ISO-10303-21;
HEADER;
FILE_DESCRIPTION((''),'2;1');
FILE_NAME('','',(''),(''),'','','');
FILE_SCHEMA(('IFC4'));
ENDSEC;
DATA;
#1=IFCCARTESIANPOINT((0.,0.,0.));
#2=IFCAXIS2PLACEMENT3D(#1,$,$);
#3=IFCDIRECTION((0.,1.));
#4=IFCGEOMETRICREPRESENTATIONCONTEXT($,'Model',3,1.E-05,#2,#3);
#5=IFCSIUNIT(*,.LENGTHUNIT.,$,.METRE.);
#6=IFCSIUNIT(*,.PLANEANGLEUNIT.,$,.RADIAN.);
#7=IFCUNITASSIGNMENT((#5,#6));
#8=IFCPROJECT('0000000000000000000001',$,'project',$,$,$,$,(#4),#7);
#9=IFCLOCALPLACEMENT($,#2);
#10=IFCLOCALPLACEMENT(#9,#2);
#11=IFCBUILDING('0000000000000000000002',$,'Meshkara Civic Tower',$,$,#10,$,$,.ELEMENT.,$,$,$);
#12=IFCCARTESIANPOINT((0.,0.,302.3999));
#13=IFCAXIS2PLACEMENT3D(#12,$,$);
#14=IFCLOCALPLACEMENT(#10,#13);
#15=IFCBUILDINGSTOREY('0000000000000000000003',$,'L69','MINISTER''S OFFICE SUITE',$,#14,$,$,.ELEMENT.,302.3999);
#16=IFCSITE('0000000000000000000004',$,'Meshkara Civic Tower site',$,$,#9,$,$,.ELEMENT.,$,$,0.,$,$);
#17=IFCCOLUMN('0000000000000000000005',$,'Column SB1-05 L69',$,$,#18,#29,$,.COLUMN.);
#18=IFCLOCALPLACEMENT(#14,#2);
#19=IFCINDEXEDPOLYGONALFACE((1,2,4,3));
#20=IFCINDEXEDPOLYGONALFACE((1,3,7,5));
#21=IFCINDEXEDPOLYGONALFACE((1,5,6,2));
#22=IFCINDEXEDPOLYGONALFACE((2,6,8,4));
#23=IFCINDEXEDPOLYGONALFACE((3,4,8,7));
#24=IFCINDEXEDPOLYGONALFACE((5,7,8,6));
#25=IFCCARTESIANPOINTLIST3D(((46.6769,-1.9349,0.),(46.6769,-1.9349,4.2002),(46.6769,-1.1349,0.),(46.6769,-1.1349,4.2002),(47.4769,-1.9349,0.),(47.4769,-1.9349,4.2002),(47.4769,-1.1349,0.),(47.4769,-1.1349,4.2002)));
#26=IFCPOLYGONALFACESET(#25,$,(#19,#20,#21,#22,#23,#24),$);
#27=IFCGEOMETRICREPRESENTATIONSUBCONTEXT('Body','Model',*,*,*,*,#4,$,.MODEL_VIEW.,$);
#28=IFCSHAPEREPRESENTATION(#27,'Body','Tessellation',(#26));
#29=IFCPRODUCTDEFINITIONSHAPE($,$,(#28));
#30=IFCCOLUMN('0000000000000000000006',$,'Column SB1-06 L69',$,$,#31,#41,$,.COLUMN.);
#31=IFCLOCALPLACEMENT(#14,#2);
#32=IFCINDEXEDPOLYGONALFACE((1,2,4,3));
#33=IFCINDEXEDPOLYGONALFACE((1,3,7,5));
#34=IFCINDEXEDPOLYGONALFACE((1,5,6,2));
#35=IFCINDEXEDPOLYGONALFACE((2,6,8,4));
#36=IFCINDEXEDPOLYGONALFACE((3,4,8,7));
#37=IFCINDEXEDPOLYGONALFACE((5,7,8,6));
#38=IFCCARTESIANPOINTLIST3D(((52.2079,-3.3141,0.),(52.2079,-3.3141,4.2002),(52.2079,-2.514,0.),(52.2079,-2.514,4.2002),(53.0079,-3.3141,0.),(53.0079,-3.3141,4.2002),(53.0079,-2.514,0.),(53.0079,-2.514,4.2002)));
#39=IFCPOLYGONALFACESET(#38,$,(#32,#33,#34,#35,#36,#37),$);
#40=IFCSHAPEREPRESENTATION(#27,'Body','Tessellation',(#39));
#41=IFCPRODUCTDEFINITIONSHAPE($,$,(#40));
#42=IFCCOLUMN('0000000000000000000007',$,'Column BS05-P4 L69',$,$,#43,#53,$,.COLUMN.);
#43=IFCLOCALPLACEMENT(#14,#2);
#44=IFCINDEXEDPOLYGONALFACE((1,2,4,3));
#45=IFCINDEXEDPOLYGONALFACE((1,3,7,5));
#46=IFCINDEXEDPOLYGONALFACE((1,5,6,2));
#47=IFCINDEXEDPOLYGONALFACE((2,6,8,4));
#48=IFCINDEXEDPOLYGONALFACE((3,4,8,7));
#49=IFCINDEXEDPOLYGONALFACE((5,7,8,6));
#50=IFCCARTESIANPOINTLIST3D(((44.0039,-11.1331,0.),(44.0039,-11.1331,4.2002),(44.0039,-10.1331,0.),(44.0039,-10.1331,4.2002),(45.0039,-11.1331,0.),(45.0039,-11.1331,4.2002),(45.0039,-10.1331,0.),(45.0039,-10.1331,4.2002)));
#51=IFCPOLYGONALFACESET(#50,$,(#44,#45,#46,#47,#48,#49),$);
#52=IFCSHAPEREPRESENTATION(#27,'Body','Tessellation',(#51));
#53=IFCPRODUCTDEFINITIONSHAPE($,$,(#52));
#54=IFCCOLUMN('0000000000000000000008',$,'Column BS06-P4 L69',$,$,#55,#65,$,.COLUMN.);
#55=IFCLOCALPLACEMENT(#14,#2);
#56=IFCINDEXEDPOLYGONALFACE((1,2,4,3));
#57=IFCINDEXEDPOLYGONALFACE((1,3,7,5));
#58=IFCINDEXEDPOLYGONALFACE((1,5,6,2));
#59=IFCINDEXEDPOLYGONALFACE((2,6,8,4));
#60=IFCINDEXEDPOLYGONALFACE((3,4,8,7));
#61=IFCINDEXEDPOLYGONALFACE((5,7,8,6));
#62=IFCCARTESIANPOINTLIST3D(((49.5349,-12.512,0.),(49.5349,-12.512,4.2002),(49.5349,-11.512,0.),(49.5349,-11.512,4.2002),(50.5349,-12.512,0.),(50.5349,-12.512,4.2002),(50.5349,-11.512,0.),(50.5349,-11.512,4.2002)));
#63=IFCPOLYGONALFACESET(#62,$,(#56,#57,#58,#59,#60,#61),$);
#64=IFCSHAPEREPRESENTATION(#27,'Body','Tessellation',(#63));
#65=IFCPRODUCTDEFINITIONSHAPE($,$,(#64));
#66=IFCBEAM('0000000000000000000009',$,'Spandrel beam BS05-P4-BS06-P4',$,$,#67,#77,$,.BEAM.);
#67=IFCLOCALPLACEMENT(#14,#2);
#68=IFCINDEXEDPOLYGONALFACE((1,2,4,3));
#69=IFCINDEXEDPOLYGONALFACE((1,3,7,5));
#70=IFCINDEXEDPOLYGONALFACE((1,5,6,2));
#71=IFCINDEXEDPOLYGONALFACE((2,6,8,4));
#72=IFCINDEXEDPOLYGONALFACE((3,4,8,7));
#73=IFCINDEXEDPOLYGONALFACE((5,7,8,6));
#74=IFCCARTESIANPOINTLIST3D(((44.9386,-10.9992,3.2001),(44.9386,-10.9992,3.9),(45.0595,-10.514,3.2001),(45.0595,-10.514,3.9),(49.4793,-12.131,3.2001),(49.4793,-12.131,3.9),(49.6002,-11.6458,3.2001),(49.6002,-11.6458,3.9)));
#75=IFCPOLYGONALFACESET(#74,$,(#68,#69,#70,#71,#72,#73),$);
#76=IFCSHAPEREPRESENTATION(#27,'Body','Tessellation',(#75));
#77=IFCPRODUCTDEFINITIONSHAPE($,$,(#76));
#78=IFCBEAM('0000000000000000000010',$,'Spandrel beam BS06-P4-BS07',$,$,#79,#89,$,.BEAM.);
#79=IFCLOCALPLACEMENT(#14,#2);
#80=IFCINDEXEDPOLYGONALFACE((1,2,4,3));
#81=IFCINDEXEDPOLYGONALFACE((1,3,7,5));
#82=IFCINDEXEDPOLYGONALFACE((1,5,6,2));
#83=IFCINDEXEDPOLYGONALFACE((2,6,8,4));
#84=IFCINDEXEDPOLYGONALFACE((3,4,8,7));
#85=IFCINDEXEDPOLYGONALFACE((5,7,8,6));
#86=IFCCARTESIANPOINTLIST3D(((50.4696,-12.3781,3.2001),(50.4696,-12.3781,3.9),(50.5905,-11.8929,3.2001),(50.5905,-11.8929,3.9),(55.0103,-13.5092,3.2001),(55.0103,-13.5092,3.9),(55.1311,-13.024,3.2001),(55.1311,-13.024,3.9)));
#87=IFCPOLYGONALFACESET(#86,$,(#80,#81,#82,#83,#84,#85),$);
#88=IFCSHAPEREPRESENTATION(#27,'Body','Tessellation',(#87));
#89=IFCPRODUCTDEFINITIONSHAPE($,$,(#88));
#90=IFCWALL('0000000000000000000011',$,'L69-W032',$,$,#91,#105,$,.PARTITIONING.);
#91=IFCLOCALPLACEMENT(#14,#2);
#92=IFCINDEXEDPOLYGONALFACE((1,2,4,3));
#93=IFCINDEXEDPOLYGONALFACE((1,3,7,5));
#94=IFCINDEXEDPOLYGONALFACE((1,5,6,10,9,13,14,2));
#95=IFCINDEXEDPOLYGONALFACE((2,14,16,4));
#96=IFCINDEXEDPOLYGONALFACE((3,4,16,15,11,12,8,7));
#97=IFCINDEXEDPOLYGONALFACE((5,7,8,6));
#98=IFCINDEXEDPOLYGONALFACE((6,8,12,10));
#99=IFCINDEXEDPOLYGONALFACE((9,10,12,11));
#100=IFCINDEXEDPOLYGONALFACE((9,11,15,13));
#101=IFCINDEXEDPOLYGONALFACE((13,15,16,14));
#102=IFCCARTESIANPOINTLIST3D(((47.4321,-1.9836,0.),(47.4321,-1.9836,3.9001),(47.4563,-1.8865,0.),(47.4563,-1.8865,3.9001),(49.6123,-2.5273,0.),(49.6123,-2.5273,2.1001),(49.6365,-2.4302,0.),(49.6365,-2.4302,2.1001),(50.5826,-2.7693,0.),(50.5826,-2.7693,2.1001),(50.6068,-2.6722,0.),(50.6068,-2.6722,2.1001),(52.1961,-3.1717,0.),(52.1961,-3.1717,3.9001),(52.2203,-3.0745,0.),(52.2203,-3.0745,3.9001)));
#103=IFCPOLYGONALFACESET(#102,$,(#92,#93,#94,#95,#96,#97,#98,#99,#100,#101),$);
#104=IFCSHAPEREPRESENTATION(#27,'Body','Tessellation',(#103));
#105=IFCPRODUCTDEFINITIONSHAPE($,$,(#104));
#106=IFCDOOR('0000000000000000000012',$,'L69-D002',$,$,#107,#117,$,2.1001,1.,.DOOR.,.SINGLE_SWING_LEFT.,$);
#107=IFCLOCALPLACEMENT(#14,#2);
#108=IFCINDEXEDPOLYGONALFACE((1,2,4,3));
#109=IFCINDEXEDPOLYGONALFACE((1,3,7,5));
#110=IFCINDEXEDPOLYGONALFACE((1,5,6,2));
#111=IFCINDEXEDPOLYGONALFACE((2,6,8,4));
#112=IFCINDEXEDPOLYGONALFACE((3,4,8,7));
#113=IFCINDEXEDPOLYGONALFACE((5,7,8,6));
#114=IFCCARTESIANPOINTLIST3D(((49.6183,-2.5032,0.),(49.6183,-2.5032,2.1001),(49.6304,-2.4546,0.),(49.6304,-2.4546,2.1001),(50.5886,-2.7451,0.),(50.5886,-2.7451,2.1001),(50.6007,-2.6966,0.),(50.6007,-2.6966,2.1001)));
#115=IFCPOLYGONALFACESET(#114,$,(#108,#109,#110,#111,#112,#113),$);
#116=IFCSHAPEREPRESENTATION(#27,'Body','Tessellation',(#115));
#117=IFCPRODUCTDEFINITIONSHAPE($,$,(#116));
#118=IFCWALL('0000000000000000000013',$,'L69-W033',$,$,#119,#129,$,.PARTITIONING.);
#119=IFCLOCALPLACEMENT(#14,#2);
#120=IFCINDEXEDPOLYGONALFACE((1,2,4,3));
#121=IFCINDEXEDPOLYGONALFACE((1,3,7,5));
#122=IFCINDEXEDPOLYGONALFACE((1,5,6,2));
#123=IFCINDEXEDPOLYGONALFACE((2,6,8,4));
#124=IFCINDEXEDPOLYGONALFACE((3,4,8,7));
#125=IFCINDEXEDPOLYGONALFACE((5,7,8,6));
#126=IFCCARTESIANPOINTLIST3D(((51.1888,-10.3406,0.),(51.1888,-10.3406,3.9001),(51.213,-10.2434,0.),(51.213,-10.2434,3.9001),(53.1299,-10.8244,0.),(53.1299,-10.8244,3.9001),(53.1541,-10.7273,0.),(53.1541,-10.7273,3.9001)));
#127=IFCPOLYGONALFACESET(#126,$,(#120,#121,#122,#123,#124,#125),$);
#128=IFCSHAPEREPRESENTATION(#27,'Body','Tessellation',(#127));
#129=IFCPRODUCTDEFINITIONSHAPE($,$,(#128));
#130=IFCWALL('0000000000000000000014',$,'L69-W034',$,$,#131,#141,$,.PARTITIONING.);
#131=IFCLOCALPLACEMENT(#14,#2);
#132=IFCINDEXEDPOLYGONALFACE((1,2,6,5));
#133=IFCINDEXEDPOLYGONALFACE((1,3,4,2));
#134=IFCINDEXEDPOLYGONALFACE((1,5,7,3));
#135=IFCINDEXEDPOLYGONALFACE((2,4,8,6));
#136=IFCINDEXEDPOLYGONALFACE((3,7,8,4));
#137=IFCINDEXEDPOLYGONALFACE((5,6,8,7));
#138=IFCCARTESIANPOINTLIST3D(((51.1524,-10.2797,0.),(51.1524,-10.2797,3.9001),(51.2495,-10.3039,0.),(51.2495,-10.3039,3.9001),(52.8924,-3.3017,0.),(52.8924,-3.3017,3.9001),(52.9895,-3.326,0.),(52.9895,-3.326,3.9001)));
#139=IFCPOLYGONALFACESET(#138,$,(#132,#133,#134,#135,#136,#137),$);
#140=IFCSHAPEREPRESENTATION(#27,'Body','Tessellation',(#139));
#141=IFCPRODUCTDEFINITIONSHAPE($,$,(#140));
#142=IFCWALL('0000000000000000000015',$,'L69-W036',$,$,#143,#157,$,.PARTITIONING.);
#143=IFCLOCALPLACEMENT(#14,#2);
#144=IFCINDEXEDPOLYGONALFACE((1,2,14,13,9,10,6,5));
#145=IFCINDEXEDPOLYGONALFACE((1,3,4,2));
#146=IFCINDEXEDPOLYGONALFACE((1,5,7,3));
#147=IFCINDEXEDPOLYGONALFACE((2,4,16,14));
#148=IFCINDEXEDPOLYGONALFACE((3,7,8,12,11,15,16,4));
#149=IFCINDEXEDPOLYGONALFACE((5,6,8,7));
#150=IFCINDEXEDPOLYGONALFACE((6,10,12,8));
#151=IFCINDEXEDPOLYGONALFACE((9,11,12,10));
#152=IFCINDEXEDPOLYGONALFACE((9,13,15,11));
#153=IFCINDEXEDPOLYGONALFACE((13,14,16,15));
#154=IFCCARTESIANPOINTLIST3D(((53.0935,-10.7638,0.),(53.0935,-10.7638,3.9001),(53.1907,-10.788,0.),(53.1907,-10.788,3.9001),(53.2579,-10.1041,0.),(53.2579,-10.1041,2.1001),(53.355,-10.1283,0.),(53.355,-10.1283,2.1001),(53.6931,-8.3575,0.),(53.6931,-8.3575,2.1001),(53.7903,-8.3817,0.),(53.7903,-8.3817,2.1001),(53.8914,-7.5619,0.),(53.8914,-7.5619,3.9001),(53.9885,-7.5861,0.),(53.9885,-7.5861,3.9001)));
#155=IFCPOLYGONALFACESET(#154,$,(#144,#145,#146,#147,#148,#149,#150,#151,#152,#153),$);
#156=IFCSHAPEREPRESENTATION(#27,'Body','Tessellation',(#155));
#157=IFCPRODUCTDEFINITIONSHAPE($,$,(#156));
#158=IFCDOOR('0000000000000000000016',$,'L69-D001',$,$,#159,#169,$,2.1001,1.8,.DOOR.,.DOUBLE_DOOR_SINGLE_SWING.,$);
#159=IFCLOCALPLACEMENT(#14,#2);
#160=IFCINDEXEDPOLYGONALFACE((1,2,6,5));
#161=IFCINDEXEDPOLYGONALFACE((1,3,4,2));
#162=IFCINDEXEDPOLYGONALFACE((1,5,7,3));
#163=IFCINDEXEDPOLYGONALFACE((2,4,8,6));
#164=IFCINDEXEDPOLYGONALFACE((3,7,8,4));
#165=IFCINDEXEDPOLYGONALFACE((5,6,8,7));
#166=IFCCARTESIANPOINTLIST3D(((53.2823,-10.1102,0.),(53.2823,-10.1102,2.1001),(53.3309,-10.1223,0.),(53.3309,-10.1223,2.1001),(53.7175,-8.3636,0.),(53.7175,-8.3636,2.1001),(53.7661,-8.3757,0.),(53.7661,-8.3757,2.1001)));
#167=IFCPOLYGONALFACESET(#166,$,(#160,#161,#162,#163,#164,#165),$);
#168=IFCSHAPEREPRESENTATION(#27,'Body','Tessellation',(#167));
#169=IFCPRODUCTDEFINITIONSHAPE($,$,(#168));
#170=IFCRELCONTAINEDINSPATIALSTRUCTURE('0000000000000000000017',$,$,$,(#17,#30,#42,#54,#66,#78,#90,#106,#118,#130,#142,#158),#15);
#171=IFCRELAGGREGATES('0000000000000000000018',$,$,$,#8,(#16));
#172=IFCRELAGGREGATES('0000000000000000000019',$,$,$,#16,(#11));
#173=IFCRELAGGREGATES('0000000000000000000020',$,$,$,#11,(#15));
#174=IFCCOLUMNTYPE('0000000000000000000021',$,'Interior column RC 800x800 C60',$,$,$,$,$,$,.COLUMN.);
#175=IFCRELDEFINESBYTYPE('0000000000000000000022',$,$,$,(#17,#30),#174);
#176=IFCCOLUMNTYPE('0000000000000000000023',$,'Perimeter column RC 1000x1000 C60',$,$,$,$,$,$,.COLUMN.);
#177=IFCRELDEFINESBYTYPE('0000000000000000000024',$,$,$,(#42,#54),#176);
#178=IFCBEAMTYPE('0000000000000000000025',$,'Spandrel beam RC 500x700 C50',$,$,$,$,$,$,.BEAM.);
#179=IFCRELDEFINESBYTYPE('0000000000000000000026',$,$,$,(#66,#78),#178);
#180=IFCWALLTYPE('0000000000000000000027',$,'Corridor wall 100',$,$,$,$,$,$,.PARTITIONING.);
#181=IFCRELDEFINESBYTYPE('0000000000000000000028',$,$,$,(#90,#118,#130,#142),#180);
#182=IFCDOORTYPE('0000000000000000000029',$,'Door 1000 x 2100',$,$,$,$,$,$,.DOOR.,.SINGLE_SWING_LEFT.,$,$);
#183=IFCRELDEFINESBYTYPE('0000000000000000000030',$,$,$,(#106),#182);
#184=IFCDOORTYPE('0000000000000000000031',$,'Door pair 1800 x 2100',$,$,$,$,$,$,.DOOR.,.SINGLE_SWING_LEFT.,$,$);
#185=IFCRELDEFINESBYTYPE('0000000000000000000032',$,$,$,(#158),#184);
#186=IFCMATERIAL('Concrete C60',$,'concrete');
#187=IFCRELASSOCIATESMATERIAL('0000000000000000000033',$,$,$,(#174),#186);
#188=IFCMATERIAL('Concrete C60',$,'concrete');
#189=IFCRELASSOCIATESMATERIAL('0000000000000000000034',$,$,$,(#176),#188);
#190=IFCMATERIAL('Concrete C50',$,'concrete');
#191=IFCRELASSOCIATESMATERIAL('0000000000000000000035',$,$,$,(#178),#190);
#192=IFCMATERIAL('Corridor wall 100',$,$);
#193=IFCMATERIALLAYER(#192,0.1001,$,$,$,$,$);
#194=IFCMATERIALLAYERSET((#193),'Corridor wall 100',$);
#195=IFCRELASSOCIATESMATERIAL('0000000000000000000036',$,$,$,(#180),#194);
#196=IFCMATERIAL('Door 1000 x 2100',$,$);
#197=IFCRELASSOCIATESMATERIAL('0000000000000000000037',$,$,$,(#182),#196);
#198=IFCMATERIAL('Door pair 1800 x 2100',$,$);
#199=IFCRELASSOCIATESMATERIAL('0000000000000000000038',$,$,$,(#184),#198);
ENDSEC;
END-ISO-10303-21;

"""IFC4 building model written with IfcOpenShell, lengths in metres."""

from ifc_helpers import new_model, si_unit, direction, frame, frame_2d, origin, origin_2d, place, context, subcontext, project, spatial, rectangle, extrude, material, layer, layer_set, material_profile, profile_set, type_object, element, fill, save


model = new_model("IFC4")

# Units and contexts
model_context = context("Model", 3, precision=1e-05, world=origin(), true_north=direction((0.0, 1.0)))
body_context = subcontext(model_context, "Body", "Model", "MODEL_VIEW")
ifc_project = project(units=[si_unit("LENGTHUNIT", "METRE"), si_unit("PLANEANGLEUNIT", "RADIAN")], contexts=[model_context])

# Site, building, storey
site_placement = place(None, origin())
site = spatial("IfcSite", under=ifc_project, at=site_placement, Name="Meshkara Civic Tower site", CompositionType="ELEMENT", RefElevation=0.0)
building_placement = place(site_placement, origin())
building = spatial("IfcBuilding", under=site, at=building_placement, Name="Meshkara Civic Tower", CompositionType="ELEMENT")
storey_placement = place(building_placement, frame((0.0, 0.0, 302.3999)))
storey = spatial("IfcBuildingStorey", under=building, at=storey_placement, Name="L69", Description="MINISTER'S OFFICE SUITE", CompositionType="ELEMENT", Elevation=302.3999)

# Columns
ifc_material_1 = material(Name="Concrete C60", Category="concrete")
ifc_material_profile_1 = material_profile(ifc_material_1, rectangle(XDim=0.8, YDim=0.8, at=origin_2d()))
ifc_profile_set_1 = profile_set([ifc_material_profile_1], Name="Concrete C60")
column_type_1 = type_object("IfcColumnType", Name="Interior column RC 800x800 C60", PredefinedType="COLUMN", material=ifc_profile_set_1)
for number, where, z_axis, x_axis, name in (
    (1, (47.0769, -1.5349, 0.0), (0.0, 0.0, 1.0), (1.0, 0.0, 0.0), "Column SB1-05 L69"),
    (2, (52.6079, -2.9141, 0.0), (0.0, 0.0, 1.0), (1.0, 0.0, 0.0), "Column SB1-06 L69"),
):
    element("IfcColumn", number, at=place(storey_placement, frame(where, z_axis=z_axis, x_axis=x_axis)), inside=storey, type_object=column_type_1, Name=name, PredefinedType="COLUMN", context=body_context, shape_type="SweptSolid", body=[
        extrude(rectangle(XDim=0.8, YDim=0.8, at=origin_2d()), origin(), (0.0, 0.0, 1.0), 4.2002),
    ])
ifc_material_2 = material(Name="Concrete C60", Category="concrete")
ifc_material_profile_2 = material_profile(ifc_material_2, rectangle(XDim=1.0, YDim=1.0, at=origin_2d()))
ifc_profile_set_2 = profile_set([ifc_material_profile_2], Name="Concrete C60")
column_type_2 = type_object("IfcColumnType", Name="Perimeter column RC 1000x1000 C60", PredefinedType="COLUMN", material=ifc_profile_set_2)
for number, where, z_axis, x_axis, name in (
    (3, (44.5039, -10.6331, 0.0), (0.0, 0.0, 1.0), (1.0, 0.0, 0.0), "Column BS05-P4 L69"),
    (4, (50.0349, -12.012, 0.0), (0.0, 0.0, 1.0), (1.0, 0.0, 0.0), "Column BS06-P4 L69"),
):
    element("IfcColumn", number, at=place(storey_placement, frame(where, z_axis=z_axis, x_axis=x_axis)), inside=storey, type_object=column_type_2, Name=name, PredefinedType="COLUMN", context=body_context, shape_type="SweptSolid", body=[
        extrude(rectangle(XDim=1.0, YDim=1.0, at=origin_2d()), origin(), (0.0, 0.0, 1.0), 4.2002),
    ])

# Beams
ifc_material_3 = material(Name="Concrete C50", Category="concrete")
ifc_material_profile_3 = material_profile(ifc_material_3, rectangle(XDim=0.5, YDim=0.7, at=origin_2d()))
ifc_profile_set_3 = profile_set([ifc_material_profile_3], Name="Concrete C50")
beam_type = type_object("IfcBeamType", Name="Spandrel beam RC 500x700 C50", PredefinedType="BEAM", material=ifc_profile_set_3)
beam_1_placement = place(storey_placement, frame((44.999, -10.7566, 3.55), z_axis=(0.970311, -0.24186, 0.0), x_axis=(0.24186, 0.970311, 0.0)))
element("IfcBeam", 5, at=beam_1_placement, inside=storey, type_object=beam_type, Name="Spandrel beam BS05-P4-BS06-P4", PredefinedType="BEAM", context=body_context, shape_type="SweptSolid", body=[
    extrude(rectangle(XDim=0.5, YDim=0.7, at=origin_2d()), origin(), (0.0, 0.0, 1.0), 4.6797),
])
beam_2_placement = place(storey_placement, frame((50.53, -12.1355, 3.55), z_axis=(0.970348, -0.241713, 0.0), x_axis=(0.241713, 0.970348, 0.0)))
element("IfcBeam", 6, at=beam_2_placement, inside=storey, type_object=beam_type, Name="Spandrel beam BS06-P4-BS07", PredefinedType="BEAM", context=body_context, shape_type="SweptSolid", body=[
    extrude(rectangle(XDim=0.5, YDim=0.7, at=origin_2d()), origin(), (0.0, 0.0, 1.0), 4.6794),
])

# Wall, opening, door
ifc_material_4 = material(Name="Corridor wall 100")
ifc_layer_1 = layer(ifc_material_4, 0.1001)
ifc_layer_set_1 = layer_set([ifc_layer_1], Name="Corridor wall 100")
wall_type_1 = type_object("IfcWallType", Name="Corridor wall 100", PredefinedType="PARTITIONING", material=ifc_layer_set_1)
wall_1_placement = place(storey_placement, frame((47.4441, -1.9351, 0.0), z_axis=(0.0, 0.0, 1.0), x_axis=(0.970286, -0.241962, 0.0)))
wall_1 = element("IfcWall", 7, at=wall_1_placement, inside=storey, type_object=wall_type_1, Name="L69-W032", PredefinedType="PARTITIONING", context=body_context, shape_type="SweptSolid", body=[
    extrude(rectangle(XDim=4.9099, YDim=0.1001, at=frame_2d((2.4551, 0.0))), origin(), (0.0, 0.0, 1.0), 3.9001),
])
opening_1_placement = place(wall_1_placement, frame((2.2471, 0.0, 0.0)))
opening_1 = element("IfcOpeningElement", 8, at=opening_1_placement, cuts=wall_1, PredefinedType="OPENING", context=body_context, shape_type="SweptSolid", body=[
    extrude(rectangle(XDim=1.0, YDim=2.1001, at=frame_2d((0.5, 1.05))), frame((0.0, 0.0601, 0.0), z_axis=(0.0, -1.0, 0.0), x_axis=(1.0, 0.0, 0.0)), (0.0, 0.0, 1.0), 0.1201),
])
ifc_material_5 = material(Name="Door 1000 x 2100")
door_type_1 = type_object("IfcDoorType", Name="Door 1000 x 2100", OperationType="SINGLE_SWING_LEFT", PredefinedType="DOOR", material=ifc_material_5)
door_1_placement = place(opening_1_placement, origin())
door_1 = element("IfcDoor", 9, at=door_1_placement, inside=storey, type_object=door_type_1, Name="L69-D002", OperationType="SINGLE_SWING_LEFT", OverallHeight=2.1001, OverallWidth=1.0, PredefinedType="DOOR", context=body_context, shape_type="SweptSolid", body=[
    extrude(rectangle(XDim=1.0, YDim=2.1001, at=frame_2d((0.5, 1.05))), frame((0.0, 0.0249, 0.0), z_axis=(0.0, -1.0, 0.0), x_axis=(1.0, 0.0, 0.0)), (0.0, 0.0, 1.0), 0.05),
])
fill(opening_1, door_1)

# Walls
wall_2_placement = place(storey_placement, frame((51.2009, -10.292, 0.0), z_axis=(0.0, 0.0, 1.0), x_axis=(0.970307, -0.241875, 0.0)))
element("IfcWall", 10, at=wall_2_placement, inside=storey, type_object=wall_type_1, Name="L69-W033", PredefinedType="PARTITIONING", context=body_context, shape_type="SweptSolid", body=[
    extrude(rectangle(XDim=2.0005, YDim=0.1001, at=frame_2d((1.0002, 0.0))), origin(), (0.0, 0.0, 1.0), 3.9001),
])
wall_3_placement = place(storey_placement, frame((52.9409, -3.314, 0.0), z_axis=(0.0, 0.0, 1.0), x_axis=(-0.241944, -0.97029, 0.0)))
element("IfcWall", 11, at=wall_3_placement, inside=storey, type_object=wall_type_1, Name="L69-W034", PredefinedType="PARTITIONING", context=body_context, shape_type="SweptSolid", body=[
    extrude(rectangle(XDim=7.1917, YDim=0.1001, at=frame_2d((3.5957, 0.0))), origin(), (0.0, 0.0, 1.0), 3.9001),
])

# Wall, opening, door
wall_4_placement = place(storey_placement, frame((53.1421, -10.7759, 0.0), z_axis=(0.0, 0.0, 1.0), x_axis=(0.241787, 0.970329, 0.0)))
wall_4 = element("IfcWall", 12, at=wall_4_placement, inside=storey, type_object=wall_type_1, Name="L69-W036", PredefinedType="PARTITIONING", context=body_context, shape_type="SweptSolid", body=[
    extrude(rectangle(XDim=3.2998, YDim=0.1001, at=frame_2d((1.6499, 0.0))), origin(), (0.0, 0.0, 1.0), 3.9001),
])
opening_2_placement = place(wall_4_placement, frame((0.6799, 0.0, 0.0)))
opening_2 = element("IfcOpeningElement", 13, at=opening_2_placement, cuts=wall_4, PredefinedType="OPENING", context=body_context, shape_type="SweptSolid", body=[
    extrude(rectangle(XDim=1.8, YDim=2.1001, at=frame_2d((0.8999, 1.05))), frame((0.0, 0.0601, 0.0), z_axis=(0.0, -1.0, 0.0), x_axis=(1.0, 0.0, 0.0)), (0.0, 0.0, 1.0), 0.1201),
])
ifc_material_6 = material(Name="Door pair 1800 x 2100")
door_type_2 = type_object("IfcDoorType", Name="Door pair 1800 x 2100", OperationType="SINGLE_SWING_LEFT", PredefinedType="DOOR", material=ifc_material_6)
door_2_placement = place(opening_2_placement, origin())
door_2 = element("IfcDoor", 14, at=door_2_placement, inside=storey, type_object=door_type_2, Name="L69-D001", OperationType="DOUBLE_DOOR_SINGLE_SWING", OverallHeight=2.1001, OverallWidth=1.8, PredefinedType="DOOR", context=body_context, shape_type="SweptSolid", body=[
    extrude(rectangle(XDim=1.8, YDim=2.1001, at=frame_2d((0.8999, 1.05))), frame((0.0, 0.0249, 0.0), z_axis=(0.0, -1.0, 0.0), x_axis=(1.0, 0.0, 0.0)), (0.0, 0.0, 1.0), 0.05),
])
fill(opening_2, door_2)

save(model, "model.ifc")
